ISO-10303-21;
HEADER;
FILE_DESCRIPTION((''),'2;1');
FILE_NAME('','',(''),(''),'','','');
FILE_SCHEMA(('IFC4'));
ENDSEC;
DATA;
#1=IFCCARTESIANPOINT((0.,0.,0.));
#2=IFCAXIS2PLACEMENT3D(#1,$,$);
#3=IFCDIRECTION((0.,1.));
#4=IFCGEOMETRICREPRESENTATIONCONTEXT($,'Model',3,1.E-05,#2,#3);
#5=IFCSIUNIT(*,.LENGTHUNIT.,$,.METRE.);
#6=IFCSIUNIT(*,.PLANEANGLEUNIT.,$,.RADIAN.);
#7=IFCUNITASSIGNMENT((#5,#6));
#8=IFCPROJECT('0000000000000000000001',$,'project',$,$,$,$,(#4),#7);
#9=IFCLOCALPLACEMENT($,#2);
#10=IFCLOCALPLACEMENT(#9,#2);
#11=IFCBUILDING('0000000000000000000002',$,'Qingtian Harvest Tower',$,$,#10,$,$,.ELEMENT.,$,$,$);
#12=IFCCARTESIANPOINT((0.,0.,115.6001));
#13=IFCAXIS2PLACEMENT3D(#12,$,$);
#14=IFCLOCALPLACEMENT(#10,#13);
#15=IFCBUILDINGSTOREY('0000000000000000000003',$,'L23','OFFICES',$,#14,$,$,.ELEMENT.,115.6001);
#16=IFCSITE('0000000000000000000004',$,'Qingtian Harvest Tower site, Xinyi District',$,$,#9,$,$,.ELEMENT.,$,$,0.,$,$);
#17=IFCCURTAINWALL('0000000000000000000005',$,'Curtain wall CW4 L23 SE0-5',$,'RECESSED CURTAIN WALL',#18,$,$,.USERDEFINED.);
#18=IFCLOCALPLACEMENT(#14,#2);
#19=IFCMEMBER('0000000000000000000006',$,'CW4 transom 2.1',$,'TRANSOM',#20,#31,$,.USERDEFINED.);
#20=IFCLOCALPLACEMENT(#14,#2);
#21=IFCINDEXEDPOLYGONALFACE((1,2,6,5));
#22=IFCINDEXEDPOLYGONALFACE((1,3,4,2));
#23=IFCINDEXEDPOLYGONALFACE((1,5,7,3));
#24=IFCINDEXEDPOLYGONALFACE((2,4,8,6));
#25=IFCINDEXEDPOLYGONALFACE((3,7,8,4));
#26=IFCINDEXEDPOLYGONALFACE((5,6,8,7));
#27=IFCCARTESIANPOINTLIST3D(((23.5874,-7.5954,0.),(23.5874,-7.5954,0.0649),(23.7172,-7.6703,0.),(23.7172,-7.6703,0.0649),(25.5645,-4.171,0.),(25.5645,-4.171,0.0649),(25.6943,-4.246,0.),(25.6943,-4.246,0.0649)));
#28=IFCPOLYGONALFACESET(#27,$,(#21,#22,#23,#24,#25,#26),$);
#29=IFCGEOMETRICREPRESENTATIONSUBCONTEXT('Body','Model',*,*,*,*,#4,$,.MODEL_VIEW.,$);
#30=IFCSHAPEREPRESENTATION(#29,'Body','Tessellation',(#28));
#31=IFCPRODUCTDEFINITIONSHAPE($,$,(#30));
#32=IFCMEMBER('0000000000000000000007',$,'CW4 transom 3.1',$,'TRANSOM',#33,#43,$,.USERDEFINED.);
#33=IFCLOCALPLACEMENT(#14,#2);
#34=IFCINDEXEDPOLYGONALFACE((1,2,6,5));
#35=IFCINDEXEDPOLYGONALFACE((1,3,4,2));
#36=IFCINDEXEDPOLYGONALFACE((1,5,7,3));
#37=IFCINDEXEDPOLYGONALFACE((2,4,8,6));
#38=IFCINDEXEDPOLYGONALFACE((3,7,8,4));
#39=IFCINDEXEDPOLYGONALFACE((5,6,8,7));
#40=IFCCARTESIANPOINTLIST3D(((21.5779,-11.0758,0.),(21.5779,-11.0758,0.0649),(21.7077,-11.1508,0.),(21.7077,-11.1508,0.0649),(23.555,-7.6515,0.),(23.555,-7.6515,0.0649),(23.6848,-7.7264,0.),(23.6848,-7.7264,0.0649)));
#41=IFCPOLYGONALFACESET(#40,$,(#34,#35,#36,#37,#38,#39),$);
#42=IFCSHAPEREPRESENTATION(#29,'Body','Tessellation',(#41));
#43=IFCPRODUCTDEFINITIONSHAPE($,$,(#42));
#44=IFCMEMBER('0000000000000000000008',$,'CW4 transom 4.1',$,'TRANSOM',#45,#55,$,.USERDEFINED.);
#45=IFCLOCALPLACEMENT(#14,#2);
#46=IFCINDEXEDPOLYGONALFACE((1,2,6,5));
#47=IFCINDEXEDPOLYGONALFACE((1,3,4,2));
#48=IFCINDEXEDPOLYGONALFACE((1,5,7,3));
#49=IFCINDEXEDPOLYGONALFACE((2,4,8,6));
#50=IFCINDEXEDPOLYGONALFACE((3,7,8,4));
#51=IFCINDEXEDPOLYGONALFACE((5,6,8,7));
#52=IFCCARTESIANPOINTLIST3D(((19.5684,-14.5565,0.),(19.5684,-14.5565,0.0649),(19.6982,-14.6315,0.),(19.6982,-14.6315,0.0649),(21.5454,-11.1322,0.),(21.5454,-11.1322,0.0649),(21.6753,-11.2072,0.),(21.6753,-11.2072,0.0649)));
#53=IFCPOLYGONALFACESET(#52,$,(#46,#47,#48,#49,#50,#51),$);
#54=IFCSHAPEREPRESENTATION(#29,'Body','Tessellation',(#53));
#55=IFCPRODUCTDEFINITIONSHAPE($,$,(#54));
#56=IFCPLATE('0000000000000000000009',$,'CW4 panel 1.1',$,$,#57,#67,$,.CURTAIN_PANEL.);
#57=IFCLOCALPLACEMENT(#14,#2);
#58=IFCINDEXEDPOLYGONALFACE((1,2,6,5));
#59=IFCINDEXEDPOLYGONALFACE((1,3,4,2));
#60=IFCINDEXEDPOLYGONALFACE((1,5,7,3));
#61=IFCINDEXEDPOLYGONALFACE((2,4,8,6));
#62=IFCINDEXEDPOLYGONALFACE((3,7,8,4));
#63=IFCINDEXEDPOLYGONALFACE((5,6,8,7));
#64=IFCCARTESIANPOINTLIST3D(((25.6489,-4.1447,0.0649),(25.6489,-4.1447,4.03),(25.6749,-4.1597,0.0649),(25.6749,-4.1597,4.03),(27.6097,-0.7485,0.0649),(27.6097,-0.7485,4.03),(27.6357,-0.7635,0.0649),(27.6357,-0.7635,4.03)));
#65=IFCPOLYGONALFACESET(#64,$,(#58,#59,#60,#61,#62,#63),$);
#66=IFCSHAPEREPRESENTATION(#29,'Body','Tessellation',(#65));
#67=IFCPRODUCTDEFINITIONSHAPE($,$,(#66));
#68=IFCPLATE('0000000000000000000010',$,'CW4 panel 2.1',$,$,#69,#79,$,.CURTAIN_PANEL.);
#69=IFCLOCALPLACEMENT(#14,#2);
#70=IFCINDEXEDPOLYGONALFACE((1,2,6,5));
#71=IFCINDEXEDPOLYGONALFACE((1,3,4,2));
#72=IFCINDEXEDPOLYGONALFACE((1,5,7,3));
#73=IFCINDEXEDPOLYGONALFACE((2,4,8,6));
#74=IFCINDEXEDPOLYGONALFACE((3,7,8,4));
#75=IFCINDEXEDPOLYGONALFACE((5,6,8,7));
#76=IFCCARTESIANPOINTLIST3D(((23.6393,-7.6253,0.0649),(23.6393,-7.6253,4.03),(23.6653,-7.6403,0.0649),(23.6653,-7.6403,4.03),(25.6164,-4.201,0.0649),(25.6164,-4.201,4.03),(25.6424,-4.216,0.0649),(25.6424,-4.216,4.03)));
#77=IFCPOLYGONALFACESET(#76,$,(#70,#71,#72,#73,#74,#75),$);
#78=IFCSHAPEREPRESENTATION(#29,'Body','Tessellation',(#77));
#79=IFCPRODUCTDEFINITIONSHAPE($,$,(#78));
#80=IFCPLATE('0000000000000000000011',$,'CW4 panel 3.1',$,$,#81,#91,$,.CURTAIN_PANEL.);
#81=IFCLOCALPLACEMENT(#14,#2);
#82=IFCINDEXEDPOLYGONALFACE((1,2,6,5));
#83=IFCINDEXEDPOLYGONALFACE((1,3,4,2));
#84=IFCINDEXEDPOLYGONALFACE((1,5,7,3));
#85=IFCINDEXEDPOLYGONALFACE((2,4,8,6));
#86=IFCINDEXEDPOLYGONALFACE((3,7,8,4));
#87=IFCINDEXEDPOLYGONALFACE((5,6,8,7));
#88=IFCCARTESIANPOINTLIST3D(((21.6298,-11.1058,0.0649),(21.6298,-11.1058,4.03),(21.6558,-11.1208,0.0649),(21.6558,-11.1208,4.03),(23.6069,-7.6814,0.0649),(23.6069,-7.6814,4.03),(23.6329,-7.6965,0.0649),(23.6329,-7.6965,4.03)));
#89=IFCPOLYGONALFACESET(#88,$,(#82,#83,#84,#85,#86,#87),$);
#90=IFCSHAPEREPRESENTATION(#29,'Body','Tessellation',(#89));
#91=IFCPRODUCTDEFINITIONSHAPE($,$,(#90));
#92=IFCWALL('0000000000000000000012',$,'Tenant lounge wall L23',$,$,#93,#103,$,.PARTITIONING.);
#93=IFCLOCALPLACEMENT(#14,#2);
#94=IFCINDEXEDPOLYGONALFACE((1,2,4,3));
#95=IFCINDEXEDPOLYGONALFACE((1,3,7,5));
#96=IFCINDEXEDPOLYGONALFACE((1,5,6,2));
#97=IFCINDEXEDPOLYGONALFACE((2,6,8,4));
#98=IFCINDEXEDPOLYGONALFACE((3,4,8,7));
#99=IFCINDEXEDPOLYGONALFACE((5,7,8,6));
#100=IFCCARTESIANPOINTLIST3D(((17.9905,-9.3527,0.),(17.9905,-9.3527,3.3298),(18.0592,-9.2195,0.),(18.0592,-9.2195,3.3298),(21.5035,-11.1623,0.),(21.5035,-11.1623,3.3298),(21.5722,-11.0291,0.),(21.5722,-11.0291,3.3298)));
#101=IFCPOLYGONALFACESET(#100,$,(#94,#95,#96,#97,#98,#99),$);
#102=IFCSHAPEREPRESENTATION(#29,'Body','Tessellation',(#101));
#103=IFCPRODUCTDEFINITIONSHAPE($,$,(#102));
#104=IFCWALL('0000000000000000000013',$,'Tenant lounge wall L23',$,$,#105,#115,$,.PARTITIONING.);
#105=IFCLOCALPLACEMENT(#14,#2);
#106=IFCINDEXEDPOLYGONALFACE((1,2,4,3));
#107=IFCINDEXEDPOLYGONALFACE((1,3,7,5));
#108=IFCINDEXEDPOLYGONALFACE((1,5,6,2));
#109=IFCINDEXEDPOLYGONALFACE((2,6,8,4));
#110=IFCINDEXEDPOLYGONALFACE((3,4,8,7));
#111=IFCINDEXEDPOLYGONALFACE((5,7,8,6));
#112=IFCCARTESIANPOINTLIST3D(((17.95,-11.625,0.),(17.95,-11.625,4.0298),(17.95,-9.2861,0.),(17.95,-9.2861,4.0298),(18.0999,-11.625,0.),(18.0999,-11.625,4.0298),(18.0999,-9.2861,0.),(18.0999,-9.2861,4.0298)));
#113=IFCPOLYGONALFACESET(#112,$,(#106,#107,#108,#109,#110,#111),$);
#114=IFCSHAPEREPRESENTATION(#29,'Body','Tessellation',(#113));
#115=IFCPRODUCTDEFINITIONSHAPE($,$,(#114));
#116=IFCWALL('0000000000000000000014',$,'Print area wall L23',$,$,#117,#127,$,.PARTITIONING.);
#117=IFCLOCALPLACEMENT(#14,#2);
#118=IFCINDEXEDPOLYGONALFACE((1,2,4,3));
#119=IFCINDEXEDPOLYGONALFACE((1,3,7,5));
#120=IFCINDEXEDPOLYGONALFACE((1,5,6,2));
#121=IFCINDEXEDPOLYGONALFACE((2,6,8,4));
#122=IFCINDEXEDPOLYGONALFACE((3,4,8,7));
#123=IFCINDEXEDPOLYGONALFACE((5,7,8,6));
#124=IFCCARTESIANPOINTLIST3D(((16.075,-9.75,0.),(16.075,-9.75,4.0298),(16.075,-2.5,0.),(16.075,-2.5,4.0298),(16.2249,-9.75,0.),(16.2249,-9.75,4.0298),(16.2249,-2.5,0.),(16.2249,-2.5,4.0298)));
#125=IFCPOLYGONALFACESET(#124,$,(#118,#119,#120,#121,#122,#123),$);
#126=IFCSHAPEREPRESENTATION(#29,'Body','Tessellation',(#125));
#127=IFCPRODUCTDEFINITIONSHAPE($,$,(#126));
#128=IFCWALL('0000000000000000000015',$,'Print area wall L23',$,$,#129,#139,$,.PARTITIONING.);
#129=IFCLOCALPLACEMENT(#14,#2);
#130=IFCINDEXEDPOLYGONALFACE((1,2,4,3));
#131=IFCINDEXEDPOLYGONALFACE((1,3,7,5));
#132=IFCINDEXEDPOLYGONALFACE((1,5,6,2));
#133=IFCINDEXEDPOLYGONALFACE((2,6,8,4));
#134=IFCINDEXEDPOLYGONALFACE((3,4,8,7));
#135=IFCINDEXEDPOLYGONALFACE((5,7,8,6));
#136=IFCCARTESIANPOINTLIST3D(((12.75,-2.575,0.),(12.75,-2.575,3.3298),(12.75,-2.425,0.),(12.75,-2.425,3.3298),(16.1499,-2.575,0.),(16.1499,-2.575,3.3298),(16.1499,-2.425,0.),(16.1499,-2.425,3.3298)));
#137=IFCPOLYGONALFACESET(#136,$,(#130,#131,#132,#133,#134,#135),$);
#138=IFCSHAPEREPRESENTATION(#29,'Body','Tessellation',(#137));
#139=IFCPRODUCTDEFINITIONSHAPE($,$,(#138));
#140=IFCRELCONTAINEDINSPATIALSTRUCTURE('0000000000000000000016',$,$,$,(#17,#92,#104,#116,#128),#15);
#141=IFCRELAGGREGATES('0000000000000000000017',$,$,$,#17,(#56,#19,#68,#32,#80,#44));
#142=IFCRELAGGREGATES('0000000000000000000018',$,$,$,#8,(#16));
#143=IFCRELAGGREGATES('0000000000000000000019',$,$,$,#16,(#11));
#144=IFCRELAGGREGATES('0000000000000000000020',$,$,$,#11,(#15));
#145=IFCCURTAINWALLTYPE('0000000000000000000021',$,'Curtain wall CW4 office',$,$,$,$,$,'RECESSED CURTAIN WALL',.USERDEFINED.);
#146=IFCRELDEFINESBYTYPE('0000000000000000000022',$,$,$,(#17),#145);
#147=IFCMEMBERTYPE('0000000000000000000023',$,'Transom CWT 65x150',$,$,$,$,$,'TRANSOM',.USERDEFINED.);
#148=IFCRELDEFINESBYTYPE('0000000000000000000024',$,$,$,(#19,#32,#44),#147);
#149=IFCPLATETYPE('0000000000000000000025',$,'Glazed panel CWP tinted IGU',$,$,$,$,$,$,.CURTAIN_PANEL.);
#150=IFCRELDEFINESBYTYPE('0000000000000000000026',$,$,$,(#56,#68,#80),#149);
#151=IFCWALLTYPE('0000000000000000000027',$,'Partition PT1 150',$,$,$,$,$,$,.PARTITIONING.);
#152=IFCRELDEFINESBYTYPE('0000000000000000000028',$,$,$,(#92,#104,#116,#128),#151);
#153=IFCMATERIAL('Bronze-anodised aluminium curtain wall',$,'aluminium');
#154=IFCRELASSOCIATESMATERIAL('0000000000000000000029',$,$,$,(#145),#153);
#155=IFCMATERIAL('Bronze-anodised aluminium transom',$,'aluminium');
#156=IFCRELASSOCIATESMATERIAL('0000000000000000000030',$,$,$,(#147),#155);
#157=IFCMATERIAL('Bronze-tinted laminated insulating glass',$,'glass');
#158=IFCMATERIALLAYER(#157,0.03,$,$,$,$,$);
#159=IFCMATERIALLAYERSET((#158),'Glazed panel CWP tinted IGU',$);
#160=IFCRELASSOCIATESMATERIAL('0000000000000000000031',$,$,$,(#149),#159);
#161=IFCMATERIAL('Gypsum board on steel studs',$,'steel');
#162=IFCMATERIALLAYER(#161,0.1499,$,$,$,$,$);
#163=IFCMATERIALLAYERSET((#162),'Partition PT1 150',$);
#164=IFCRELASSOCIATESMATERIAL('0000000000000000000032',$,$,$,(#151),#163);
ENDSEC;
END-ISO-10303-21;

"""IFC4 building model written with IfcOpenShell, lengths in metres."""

from ifc_helpers import new_model, si_unit, direction, frame, frame_2d, origin, origin_2d, place, context, subcontext, project, spatial, rectangle, extrude, material, layer, layer_set, material_profile, profile_set, type_object, element, aggregate, save


model = new_model("IFC4")

# Units and contexts
model_context = context("Model", 3, precision=1e-05, world=origin(), true_north=direction((0.0, 1.0)))
body_context = subcontext(model_context, "Body", "Model", "MODEL_VIEW")
ifc_project = project(units=[si_unit("LENGTHUNIT", "METRE"), si_unit("PLANEANGLEUNIT", "RADIAN")], contexts=[model_context])

# Site, building, storey
site_placement = place(None, origin())
site = spatial("IfcSite", under=ifc_project, at=site_placement, Name="Qingtian Harvest Tower site, Xinyi District", CompositionType="ELEMENT", RefElevation=0.0)
building_placement = place(site_placement, origin())
building = spatial("IfcBuilding", under=site, at=building_placement, Name="Qingtian Harvest Tower", CompositionType="ELEMENT")
storey_placement = place(building_placement, frame((0.0, 0.0, 115.6001)))
storey = spatial("IfcBuildingStorey", under=building, at=storey_placement, Name="L23", Description="OFFICES", CompositionType="ELEMENT", Elevation=115.6001)

# Shared definitions
ifc_material_1 = material(Name="Bronze-anodised aluminium curtain wall", Category="aluminium")
curtain_wall_type = type_object("IfcCurtainWallType", Name="Curtain wall CW4 office", ElementType="RECESSED CURTAIN WALL", PredefinedType="USERDEFINED", material=ifc_material_1)

# Curtain wall
curtain_wall_1_placement = place(storey_placement, origin())
curtain_wall_1 = element("IfcCurtainWall", 1, at=curtain_wall_1_placement, inside=storey, type_object=curtain_wall_type, Name="Curtain wall CW4 L23 SE0-5", ObjectType="RECESSED CURTAIN WALL", PredefinedType="USERDEFINED")

# Members
ifc_material_2 = material(Name="Bronze-anodised aluminium transom", Category="aluminium")
ifc_material_profile_1 = material_profile(ifc_material_2, rectangle(XDim=0.1499, YDim=0.0649, at=origin_2d()), Name="AL 65x150")
ifc_profile_set_1 = profile_set([ifc_material_profile_1], Name="Bronze-anodised aluminium transom")
member_type_1 = type_object("IfcMemberType", Name="Transom CWT 65x150", ElementType="TRANSOM", PredefinedType="USERDEFINED", material=ifc_profile_set_1)
member_1_placement = place(storey_placement, frame((25.6294, -4.2085, 0.0325), z_axis=(-0.500004, -0.866023, 0.0), x_axis=(0.866023, -0.500004, 0.0)))
member_1 = element("IfcMember", 2, at=member_1_placement, type_object=member_type_1, Name="CW4 transom 2.1", ObjectType="TRANSOM", PredefinedType="USERDEFINED", context=body_context, shape_type="SweptSolid", body=[
    extrude(rectangle(XDim=0.1499, YDim=0.0649, at=origin_2d()), origin(), (0.0, 0.0, 1.0), 3.9541),
])
member_2_placement = place(storey_placement, frame((23.6199, -7.689, 0.0325), z_axis=(-0.500004, -0.866023, 0.0), x_axis=(0.866023, -0.500004, 0.0)))
member_2 = element("IfcMember", 3, at=member_2_placement, type_object=member_type_1, Name="CW4 transom 3.1", ObjectType="TRANSOM", PredefinedType="USERDEFINED", context=body_context, shape_type="SweptSolid", body=[
    extrude(rectangle(XDim=0.1499, YDim=0.0649, at=origin_2d()), origin(), (0.0, 0.0, 1.0), 3.9541),
])
member_3_placement = place(storey_placement, frame((21.6104, -11.1697, 0.0325), z_axis=(-0.500004, -0.866023, 0.0), x_axis=(0.866023, -0.500004, 0.0)))
member_3 = element("IfcMember", 4, at=member_3_placement, type_object=member_type_1, Name="CW4 transom 4.1", ObjectType="TRANSOM", PredefinedType="USERDEFINED", context=body_context, shape_type="SweptSolid", body=[
    extrude(rectangle(XDim=0.1499, YDim=0.0649, at=origin_2d()), origin(), (0.0, 0.0, 1.0), 3.9541),
])

# Plates
ifc_material_3 = material(Name="Bronze-tinted laminated insulating glass", Category="glass")
ifc_layer_1 = layer(ifc_material_3, 0.03)
ifc_layer_set_1 = layer_set([ifc_layer_1], Name="Glazed panel CWP tinted IGU")
plate_type = type_object("IfcPlateType", Name="Glazed panel CWP tinted IGU", PredefinedType="CURTAIN_PANEL", material=ifc_layer_set_1)
plate_1_placement = place(storey_placement, frame((26.6423, -2.4541, 0.0649), z_axis=(0.0, 0.0, 1.0), x_axis=(-0.5, -0.866025, 0.0)))
plate_1 = element("IfcPlate", 5, at=plate_1_placement, type_object=plate_type, Name="CW4 panel 1.1", PredefinedType="CURTAIN_PANEL", context=body_context, shape_type="SweptSolid", body=[
    extrude(rectangle(XDim=3.9216, YDim=0.03, at=origin_2d()), origin(), (0.0, 0.0, 1.0), 3.9651),
])
plate_2_placement = place(storey_placement, frame((24.6409, -5.9207, 0.0649), z_axis=(0.0, 0.0, 1.0), x_axis=(-0.5, -0.866025, 0.0)))
plate_2 = element("IfcPlate", 6, at=plate_2_placement, type_object=plate_type, Name="CW4 panel 2.1", PredefinedType="CURTAIN_PANEL", context=body_context, shape_type="SweptSolid", body=[
    extrude(rectangle(XDim=3.9541, YDim=0.03, at=origin_2d()), origin(), (0.0, 0.0, 1.0), 3.9651),
])
plate_3_placement = place(storey_placement, frame((22.6313, -9.4011, 0.0649), z_axis=(0.0, 0.0, 1.0), x_axis=(-0.5, -0.866025, 0.0)))
plate_3 = element("IfcPlate", 7, at=plate_3_placement, type_object=plate_type, Name="CW4 panel 3.1", PredefinedType="CURTAIN_PANEL", context=body_context, shape_type="SweptSolid", body=[
    extrude(rectangle(XDim=3.9541, YDim=0.03, at=origin_2d()), origin(), (0.0, 0.0, 1.0), 3.9651),
])
aggregate(curtain_wall_1, [plate_1, member_1, plate_2, member_2, plate_3, member_3])

# Walls
ifc_material_4 = material(Name="Gypsum board on steel studs", Category="steel")
ifc_layer_2 = layer(ifc_material_4, 0.1499)
ifc_layer_set_2 = layer_set([ifc_layer_2], Name="Partition PT1 150")
wall_type = type_object("IfcWallType", Name="Partition PT1 150", PredefinedType="PARTITIONING", material=ifc_layer_set_2)
wall_1_placement = place(storey_placement, frame((21.5378, -11.0957, 0.0), z_axis=(0.0, 0.0, 1.0), x_axis=(-0.888988, 0.457931, 0.0)))
element("IfcWall", 8, at=wall_1_placement, inside=storey, type_object=wall_type, Name="Tenant lounge wall L23", PredefinedType="PARTITIONING", context=body_context, shape_type="SweptSolid", body=[
    extrude(rectangle(XDim=3.9517, YDim=0.1499, at=frame_2d((1.9758, 0.0))), origin(), (0.0, 0.0, 1.0), 3.3298),
])
wall_2_placement = place(storey_placement, frame((18.0249, -9.2861, 0.0), z_axis=(0.0, 0.0, 1.0), x_axis=(0.0, -1.0, 0.0)))
element("IfcWall", 9, at=wall_2_placement, inside=storey, type_object=wall_type, Name="Tenant lounge wall L23", PredefinedType="PARTITIONING", context=body_context, shape_type="SweptSolid", body=[
    extrude(rectangle(XDim=2.3389, YDim=0.1499, at=frame_2d((1.1694, 0.0))), origin(), (0.0, 0.0, 1.0), 4.0298),
])
wall_3_placement = place(storey_placement, frame((16.1499, -9.75, 0.0), z_axis=(0.0, 0.0, 1.0), x_axis=(0.0, 1.0, 0.0)))
element("IfcWall", 10, at=wall_3_placement, inside=storey, type_object=wall_type, Name="Print area wall L23", PredefinedType="PARTITIONING", context=body_context, shape_type="SweptSolid", body=[
    extrude(rectangle(XDim=7.25, YDim=0.1499, at=frame_2d((3.625, 0.0))), origin(), (0.0, 0.0, 1.0), 4.0298),
])
wall_4_placement = place(storey_placement, frame((12.75, -2.5, 0.0), z_axis=(0.0, 0.0, 1.0), x_axis=(1.0, 0.0, 0.0)))
element("IfcWall", 11, at=wall_4_placement, inside=storey, type_object=wall_type, Name="Print area wall L23", PredefinedType="PARTITIONING", context=body_context, shape_type="SweptSolid", body=[
    extrude(rectangle(XDim=3.3999, YDim=0.1499, at=frame_2d((1.7, 0.0))), origin(), (0.0, 0.0, 1.0), 3.3298),
])

save(model, "model.ifc")
